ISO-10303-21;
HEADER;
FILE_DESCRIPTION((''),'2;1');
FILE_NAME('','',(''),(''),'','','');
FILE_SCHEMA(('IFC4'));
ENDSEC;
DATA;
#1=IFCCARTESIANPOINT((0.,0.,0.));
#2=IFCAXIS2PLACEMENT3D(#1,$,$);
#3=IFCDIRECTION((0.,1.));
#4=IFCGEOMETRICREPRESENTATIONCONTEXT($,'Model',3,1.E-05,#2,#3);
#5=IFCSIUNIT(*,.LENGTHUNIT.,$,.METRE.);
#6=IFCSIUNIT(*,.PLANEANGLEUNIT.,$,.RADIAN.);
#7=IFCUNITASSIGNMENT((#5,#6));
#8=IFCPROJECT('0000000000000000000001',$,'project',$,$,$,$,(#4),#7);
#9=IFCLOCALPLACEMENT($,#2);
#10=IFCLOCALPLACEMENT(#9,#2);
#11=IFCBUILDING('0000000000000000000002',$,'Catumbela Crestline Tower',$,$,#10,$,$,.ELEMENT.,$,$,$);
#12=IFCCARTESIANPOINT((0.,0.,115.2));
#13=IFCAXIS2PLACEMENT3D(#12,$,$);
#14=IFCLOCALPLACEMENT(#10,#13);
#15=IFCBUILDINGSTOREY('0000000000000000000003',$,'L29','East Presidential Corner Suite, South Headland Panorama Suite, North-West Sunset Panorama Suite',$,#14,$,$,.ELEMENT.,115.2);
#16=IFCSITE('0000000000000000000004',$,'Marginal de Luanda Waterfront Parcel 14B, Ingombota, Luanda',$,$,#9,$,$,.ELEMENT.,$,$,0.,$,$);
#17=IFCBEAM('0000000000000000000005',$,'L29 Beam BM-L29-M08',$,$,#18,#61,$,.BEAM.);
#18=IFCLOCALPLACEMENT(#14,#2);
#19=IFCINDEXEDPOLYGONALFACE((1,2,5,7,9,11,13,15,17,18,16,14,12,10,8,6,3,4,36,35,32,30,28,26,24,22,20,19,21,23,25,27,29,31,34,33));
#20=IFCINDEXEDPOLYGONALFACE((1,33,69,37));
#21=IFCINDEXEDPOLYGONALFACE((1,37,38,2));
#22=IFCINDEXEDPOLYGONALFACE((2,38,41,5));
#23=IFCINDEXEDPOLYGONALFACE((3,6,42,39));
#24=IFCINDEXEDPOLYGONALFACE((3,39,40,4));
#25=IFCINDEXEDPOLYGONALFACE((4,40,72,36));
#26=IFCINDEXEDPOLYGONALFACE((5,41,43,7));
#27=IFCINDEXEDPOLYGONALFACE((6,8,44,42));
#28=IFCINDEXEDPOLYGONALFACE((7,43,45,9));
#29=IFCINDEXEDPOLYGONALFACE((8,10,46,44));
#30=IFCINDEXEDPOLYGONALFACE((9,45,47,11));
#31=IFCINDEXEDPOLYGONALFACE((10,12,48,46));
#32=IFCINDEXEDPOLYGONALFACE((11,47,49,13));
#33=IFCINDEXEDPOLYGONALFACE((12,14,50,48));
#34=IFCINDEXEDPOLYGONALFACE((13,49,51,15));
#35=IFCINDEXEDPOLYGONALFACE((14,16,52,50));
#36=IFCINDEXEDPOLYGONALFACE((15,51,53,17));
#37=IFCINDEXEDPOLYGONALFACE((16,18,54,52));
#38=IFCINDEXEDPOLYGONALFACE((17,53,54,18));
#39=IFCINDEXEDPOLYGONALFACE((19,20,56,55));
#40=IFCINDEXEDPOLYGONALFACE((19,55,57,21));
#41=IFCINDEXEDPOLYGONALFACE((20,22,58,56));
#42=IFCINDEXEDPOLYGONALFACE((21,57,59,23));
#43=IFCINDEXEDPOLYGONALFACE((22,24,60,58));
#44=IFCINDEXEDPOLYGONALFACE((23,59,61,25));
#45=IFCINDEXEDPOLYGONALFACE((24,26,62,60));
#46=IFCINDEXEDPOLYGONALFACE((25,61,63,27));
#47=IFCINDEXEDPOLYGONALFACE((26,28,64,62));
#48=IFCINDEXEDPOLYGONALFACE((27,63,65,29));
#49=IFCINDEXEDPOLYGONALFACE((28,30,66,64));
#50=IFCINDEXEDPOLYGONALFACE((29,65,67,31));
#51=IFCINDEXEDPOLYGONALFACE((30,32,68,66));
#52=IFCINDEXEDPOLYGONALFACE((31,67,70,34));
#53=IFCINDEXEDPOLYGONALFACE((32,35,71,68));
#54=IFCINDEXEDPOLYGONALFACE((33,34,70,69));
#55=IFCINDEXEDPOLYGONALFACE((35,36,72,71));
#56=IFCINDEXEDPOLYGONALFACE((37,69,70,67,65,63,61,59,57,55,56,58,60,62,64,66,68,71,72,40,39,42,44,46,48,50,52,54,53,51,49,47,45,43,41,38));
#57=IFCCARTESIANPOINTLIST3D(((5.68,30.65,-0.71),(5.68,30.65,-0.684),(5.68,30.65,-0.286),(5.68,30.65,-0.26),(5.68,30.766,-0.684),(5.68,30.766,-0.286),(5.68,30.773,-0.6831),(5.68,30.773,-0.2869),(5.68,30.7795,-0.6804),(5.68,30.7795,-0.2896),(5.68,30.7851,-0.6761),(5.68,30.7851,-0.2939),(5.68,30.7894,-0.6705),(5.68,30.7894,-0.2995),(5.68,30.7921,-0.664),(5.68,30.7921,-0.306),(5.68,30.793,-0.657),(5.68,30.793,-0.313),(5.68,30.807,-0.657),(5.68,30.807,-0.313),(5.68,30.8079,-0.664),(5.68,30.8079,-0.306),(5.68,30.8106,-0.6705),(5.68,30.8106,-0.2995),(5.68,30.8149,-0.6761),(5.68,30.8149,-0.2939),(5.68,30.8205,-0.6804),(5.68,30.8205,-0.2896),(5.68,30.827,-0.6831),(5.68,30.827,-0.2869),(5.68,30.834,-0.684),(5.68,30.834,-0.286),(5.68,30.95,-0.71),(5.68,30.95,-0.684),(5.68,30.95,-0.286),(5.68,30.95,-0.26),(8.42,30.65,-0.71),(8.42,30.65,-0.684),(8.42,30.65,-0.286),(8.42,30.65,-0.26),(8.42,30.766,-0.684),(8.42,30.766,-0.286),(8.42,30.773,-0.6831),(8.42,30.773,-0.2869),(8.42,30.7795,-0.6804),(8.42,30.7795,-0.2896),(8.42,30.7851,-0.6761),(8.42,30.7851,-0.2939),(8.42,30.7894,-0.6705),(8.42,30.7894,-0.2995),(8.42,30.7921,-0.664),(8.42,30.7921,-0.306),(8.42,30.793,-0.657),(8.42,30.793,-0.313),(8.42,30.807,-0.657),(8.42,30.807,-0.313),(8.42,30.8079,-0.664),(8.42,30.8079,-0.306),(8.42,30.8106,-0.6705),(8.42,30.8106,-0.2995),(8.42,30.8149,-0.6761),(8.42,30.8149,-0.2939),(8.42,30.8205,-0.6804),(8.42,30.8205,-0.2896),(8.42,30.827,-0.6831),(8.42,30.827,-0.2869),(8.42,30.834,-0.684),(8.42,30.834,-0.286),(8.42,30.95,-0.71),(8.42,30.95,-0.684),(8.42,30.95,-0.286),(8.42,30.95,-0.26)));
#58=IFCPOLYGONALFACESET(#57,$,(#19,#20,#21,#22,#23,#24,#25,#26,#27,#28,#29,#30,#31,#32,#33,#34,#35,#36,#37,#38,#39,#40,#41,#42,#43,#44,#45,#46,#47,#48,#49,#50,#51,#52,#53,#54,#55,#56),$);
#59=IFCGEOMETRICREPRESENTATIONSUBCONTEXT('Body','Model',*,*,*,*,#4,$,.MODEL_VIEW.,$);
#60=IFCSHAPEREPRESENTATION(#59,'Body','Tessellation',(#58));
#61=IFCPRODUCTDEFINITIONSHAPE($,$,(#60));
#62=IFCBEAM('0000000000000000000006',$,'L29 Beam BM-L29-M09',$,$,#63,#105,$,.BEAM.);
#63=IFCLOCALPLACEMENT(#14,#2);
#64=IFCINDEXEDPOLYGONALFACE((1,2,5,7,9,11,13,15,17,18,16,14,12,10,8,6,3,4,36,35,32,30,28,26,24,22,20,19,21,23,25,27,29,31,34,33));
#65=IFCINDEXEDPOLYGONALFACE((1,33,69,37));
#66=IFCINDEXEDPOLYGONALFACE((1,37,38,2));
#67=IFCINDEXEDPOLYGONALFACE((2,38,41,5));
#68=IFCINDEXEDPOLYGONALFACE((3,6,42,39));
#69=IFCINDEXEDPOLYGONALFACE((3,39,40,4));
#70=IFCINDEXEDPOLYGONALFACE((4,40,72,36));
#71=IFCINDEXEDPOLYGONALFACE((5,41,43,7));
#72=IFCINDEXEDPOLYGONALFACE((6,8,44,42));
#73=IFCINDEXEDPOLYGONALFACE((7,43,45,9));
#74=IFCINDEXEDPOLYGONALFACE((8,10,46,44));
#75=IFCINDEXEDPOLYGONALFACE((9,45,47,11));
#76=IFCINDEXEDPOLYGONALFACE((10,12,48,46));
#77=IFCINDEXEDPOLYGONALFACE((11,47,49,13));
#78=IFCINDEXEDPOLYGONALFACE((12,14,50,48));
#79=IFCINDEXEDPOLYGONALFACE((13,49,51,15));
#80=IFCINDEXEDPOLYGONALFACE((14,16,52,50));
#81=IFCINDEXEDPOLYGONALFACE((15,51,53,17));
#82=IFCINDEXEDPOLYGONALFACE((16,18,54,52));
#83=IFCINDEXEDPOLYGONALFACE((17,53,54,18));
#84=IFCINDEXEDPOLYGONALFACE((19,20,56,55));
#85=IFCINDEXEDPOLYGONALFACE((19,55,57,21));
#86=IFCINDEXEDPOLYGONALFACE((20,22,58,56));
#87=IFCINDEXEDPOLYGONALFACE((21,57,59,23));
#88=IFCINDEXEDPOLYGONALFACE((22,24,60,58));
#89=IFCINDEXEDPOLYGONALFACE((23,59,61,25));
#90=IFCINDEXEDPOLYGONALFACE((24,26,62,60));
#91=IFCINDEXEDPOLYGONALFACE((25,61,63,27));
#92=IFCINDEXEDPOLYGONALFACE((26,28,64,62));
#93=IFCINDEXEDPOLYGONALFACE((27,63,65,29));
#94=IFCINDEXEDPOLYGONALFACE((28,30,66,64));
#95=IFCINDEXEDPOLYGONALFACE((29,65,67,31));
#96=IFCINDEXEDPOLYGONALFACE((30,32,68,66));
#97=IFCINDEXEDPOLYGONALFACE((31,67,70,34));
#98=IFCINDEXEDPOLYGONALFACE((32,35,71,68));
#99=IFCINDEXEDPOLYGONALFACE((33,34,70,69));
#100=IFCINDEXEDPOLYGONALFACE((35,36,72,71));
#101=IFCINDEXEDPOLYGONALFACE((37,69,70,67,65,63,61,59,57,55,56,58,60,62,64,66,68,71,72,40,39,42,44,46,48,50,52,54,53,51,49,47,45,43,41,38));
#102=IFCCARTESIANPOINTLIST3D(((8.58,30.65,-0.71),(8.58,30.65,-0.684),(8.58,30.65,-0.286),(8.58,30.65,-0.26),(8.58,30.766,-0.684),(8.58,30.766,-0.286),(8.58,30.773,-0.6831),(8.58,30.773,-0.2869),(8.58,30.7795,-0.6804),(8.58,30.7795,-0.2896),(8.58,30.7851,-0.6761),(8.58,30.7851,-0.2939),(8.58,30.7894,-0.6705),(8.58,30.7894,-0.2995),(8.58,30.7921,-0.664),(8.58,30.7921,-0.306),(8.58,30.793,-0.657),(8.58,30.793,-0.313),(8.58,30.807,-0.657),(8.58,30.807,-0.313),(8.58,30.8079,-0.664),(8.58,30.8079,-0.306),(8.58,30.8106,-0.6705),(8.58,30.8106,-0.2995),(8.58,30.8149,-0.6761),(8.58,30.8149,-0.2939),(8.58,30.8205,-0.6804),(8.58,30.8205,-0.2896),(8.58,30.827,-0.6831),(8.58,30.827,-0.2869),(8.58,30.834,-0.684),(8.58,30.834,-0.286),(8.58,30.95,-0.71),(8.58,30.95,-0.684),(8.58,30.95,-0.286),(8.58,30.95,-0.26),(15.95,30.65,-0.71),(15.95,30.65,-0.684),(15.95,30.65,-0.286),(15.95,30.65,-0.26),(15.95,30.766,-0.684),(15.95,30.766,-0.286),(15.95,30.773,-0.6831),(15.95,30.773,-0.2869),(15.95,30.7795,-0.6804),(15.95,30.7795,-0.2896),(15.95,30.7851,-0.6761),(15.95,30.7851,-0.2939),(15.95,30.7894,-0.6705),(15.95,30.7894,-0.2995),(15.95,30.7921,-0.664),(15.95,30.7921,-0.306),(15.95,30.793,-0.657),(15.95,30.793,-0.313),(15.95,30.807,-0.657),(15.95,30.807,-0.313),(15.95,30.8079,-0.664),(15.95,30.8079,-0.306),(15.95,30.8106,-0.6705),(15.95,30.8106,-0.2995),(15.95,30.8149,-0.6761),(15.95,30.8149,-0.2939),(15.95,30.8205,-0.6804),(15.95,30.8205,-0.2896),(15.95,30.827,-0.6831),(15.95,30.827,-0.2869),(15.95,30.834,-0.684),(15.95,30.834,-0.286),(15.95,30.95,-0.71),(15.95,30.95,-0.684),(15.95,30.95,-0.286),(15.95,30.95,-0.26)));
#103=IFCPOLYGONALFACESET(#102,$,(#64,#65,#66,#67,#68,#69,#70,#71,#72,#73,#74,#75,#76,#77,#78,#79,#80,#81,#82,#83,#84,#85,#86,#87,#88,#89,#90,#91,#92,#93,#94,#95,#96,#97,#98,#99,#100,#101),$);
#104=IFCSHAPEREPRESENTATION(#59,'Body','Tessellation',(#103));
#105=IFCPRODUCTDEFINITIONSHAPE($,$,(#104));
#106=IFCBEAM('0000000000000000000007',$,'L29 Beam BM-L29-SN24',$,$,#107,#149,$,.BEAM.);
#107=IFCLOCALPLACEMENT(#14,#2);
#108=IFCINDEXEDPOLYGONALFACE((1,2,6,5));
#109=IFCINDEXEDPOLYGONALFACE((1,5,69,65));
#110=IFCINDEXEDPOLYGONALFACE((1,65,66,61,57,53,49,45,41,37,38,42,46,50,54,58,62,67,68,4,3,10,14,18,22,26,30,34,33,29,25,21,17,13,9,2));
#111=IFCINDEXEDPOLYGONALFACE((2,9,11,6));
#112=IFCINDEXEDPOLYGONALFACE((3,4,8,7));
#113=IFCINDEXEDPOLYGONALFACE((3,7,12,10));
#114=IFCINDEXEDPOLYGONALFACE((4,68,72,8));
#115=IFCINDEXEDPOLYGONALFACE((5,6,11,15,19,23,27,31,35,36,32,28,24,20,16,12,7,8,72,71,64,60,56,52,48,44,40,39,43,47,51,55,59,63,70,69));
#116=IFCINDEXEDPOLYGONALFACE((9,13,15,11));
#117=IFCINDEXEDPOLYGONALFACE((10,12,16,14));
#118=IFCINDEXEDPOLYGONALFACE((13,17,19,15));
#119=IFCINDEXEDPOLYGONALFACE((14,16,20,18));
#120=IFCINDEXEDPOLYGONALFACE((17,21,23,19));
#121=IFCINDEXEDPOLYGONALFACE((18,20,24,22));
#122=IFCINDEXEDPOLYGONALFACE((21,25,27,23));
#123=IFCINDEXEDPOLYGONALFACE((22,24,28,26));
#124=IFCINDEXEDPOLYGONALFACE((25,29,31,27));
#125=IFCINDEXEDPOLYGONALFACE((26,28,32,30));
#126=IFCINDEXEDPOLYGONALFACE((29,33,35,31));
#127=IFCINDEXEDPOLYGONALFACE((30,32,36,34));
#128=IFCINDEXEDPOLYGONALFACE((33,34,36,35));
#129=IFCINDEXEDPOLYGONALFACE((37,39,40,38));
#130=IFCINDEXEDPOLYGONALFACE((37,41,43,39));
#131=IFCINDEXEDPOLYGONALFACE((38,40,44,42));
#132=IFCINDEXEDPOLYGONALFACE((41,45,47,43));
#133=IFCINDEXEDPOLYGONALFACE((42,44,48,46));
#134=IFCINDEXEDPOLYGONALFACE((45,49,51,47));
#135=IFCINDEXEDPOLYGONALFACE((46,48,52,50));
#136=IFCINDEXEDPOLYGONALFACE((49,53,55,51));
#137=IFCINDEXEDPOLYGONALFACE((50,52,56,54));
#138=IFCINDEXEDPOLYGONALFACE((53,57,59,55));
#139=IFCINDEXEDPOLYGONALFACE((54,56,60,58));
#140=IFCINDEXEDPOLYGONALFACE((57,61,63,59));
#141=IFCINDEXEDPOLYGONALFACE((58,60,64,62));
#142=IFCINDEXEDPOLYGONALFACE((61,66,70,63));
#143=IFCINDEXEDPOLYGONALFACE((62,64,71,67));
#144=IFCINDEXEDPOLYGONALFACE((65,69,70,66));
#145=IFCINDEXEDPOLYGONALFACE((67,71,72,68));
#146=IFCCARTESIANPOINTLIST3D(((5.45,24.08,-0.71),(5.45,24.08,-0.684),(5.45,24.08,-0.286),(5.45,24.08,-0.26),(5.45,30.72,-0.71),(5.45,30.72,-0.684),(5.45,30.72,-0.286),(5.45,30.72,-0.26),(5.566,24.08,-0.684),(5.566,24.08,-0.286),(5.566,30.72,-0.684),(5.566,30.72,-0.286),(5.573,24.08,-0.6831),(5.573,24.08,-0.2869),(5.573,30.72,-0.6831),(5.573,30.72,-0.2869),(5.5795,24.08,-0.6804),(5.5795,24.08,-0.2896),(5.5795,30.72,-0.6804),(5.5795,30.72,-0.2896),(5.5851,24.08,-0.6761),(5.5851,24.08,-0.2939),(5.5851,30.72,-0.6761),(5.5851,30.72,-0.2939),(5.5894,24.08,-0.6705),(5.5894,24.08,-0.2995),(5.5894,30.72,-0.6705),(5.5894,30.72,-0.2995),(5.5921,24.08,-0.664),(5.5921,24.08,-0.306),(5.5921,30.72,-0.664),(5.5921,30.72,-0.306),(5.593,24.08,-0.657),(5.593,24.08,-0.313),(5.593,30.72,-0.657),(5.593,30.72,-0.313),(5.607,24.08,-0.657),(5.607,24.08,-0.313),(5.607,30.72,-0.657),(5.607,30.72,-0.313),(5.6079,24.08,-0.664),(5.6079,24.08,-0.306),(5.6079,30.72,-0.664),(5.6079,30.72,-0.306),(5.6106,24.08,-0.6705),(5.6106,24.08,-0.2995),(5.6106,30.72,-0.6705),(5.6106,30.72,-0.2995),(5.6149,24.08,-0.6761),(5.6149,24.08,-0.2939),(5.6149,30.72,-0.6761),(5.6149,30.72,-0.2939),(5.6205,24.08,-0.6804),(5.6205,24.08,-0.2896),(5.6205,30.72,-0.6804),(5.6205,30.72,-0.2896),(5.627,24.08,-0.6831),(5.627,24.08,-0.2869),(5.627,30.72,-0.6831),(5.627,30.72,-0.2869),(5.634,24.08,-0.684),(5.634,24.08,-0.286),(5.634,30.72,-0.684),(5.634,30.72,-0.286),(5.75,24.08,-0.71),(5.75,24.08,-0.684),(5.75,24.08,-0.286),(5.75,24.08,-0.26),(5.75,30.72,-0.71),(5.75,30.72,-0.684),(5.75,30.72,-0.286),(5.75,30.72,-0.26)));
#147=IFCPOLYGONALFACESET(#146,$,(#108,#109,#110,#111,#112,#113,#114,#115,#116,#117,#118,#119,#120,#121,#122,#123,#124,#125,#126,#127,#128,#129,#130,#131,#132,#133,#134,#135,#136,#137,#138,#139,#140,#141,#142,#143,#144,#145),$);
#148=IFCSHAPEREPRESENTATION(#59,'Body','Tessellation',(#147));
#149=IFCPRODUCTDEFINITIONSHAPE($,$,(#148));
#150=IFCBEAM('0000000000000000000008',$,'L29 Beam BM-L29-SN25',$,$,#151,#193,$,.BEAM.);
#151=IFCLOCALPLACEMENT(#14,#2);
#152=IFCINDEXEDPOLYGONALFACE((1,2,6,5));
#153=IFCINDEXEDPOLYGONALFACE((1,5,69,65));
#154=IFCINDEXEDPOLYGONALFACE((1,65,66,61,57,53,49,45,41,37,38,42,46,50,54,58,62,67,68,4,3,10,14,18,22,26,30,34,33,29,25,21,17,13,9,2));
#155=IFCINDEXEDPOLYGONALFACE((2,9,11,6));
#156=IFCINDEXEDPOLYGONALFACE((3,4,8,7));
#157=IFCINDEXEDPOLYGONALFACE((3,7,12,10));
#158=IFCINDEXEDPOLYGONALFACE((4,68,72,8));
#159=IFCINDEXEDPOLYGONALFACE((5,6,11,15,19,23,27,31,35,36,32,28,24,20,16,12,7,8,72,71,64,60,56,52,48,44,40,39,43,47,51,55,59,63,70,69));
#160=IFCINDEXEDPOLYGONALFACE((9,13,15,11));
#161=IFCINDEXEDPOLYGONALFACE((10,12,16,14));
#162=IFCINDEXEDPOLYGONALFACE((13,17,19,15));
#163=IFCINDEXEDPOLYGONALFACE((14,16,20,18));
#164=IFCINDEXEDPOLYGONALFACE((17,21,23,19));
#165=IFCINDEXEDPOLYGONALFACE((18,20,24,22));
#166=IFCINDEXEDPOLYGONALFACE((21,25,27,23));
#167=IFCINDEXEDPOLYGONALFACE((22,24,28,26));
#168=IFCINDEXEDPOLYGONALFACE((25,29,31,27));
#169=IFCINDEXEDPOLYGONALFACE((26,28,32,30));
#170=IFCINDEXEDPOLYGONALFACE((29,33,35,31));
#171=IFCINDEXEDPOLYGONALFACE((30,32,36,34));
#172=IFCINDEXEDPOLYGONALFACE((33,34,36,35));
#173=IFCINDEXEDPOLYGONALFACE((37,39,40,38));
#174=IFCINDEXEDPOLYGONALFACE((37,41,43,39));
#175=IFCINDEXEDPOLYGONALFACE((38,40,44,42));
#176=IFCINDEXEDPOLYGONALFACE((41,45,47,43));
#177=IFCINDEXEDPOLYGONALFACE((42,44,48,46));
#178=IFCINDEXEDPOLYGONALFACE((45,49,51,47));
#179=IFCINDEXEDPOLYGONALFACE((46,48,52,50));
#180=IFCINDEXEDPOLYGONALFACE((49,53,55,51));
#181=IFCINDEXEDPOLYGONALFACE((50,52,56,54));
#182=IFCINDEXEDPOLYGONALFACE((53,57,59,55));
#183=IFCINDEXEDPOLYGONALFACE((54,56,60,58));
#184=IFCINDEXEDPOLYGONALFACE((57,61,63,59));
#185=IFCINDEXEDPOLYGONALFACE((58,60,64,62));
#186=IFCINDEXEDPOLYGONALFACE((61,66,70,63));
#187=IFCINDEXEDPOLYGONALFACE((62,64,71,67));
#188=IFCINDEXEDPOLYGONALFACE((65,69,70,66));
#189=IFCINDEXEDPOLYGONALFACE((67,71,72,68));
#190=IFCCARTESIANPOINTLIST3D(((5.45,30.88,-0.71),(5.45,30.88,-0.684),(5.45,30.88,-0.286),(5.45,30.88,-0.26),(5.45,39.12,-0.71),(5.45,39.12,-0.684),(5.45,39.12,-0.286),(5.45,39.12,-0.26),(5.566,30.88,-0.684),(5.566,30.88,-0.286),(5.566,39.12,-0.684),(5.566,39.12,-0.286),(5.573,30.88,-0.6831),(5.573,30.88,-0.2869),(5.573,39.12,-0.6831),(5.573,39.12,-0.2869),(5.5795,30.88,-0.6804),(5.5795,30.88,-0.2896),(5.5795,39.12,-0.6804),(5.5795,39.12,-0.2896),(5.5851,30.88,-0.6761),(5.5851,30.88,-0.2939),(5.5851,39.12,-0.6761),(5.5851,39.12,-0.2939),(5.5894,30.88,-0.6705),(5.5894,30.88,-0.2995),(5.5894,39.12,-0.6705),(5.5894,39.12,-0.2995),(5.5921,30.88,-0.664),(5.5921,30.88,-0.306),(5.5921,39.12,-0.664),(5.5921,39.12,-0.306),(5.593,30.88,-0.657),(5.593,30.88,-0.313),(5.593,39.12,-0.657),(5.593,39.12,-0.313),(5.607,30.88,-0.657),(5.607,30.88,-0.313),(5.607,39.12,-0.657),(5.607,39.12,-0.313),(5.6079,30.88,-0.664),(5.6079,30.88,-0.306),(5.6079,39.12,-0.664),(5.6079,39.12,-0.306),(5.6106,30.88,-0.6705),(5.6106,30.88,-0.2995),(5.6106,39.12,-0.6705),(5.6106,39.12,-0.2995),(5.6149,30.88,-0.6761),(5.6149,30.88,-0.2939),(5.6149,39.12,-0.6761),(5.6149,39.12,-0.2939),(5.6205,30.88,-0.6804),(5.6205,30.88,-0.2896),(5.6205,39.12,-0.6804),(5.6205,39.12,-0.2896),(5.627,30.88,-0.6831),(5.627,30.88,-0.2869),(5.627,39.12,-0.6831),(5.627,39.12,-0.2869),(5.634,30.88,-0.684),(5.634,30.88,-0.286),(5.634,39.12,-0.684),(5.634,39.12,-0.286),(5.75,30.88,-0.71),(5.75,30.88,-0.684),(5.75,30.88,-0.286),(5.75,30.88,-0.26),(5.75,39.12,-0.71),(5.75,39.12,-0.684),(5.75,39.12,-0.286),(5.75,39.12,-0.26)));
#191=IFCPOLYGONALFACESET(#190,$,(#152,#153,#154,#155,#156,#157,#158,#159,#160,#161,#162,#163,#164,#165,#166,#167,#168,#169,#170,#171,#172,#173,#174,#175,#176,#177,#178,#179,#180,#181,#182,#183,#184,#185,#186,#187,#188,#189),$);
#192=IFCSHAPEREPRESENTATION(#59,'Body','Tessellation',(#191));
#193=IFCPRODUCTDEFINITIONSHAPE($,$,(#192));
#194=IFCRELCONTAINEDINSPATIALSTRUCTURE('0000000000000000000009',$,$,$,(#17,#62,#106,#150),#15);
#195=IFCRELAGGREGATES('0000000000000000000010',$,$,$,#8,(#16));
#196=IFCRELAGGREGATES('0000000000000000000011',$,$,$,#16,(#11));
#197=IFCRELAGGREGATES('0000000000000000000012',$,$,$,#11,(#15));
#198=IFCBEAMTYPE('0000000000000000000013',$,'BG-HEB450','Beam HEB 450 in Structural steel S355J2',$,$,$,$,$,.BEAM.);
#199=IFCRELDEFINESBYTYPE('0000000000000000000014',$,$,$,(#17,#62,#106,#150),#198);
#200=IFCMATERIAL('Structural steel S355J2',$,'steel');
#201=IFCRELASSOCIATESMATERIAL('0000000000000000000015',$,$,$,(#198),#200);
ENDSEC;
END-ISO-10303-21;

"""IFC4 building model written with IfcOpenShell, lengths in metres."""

from ifc_helpers import new_model, si_unit, direction, frame, origin, origin_2d, place, context, subcontext, project, spatial, i_section, extrude, material, material_profile, profile_set, type_object, element, save


model = new_model("IFC4")

# Units and contexts
model_context = context("Model", 3, precision=1e-05, world=origin(), true_north=direction((0.0, 1.0)))
body_context = subcontext(model_context, "Body", "Model", "MODEL_VIEW")
ifc_project = project(units=[si_unit("LENGTHUNIT", "METRE"), si_unit("PLANEANGLEUNIT", "RADIAN")], contexts=[model_context])

# Site, building, storey
site_placement = place(None, origin())
site = spatial("IfcSite", under=ifc_project, at=site_placement, Name="Marginal de Luanda Waterfront Parcel 14B, Ingombota, Luanda", CompositionType="ELEMENT", RefElevation=0.0)
building_placement = place(site_placement, origin())
building = spatial("IfcBuilding", under=site, at=building_placement, Name="Catumbela Crestline Tower", CompositionType="ELEMENT")
storey_placement = place(building_placement, frame((0.0, 0.0, 115.2)))
storey = spatial("IfcBuildingStorey", under=building, at=storey_placement, Name="L29", Description="East Presidential Corner Suite, South Headland Panorama Suite, North-West Sunset Panorama Suite", CompositionType="ELEMENT", Elevation=115.2)

# Beams
ifc_material_1 = material(Name="Structural steel S355J2", Category="steel")
ifc_material_profile_1 = material_profile(ifc_material_1, i_section(OverallWidth=0.3, OverallDepth=0.45, WebThickness=0.014, FlangeThickness=0.026, FilletRadius=0.027, at=origin_2d()), Name="HEB 450")
ifc_profile_set_1 = profile_set([ifc_material_profile_1], Name="Structural steel S355J2")
beam_type = type_object("IfcBeamType", Name="BG-HEB450", Description="Beam HEB 450 in Structural steel S355J2", PredefinedType="BEAM", material=ifc_profile_set_1)
beam_1_placement = place(storey_placement, frame((5.68, 30.8, -0.485), z_axis=(1.0, 0.0, 0.0), x_axis=(0.0, 1.0, 0.0)))
element("IfcBeam", 1, at=beam_1_placement, inside=storey, type_object=beam_type, Name="L29 Beam BM-L29-M08", PredefinedType="BEAM", context=body_context, shape_type="SweptSolid", body=[
    extrude(i_section(OverallWidth=0.3, OverallDepth=0.45, WebThickness=0.014, FlangeThickness=0.026, FilletRadius=0.027, at=origin_2d()), origin(), (0.0, 0.0, 1.0), 2.74),
])
beam_2_placement = place(storey_placement, frame((8.58, 30.8, -0.485), z_axis=(1.0, 0.0, 0.0), x_axis=(0.0, 1.0, 0.0)))
element("IfcBeam", 2, at=beam_2_placement, inside=storey, type_object=beam_type, Name="L29 Beam BM-L29-M09", PredefinedType="BEAM", context=body_context, shape_type="SweptSolid", body=[
    extrude(i_section(OverallWidth=0.3, OverallDepth=0.45, WebThickness=0.014, FlangeThickness=0.026, FilletRadius=0.027, at=origin_2d()), origin(), (0.0, 0.0, 1.0), 7.37),
])
beam_3_placement = place(storey_placement, frame((5.6, 24.08, -0.485), z_axis=(0.0, 1.0, 0.0), x_axis=(-1.0, 0.0, 0.0)))
element("IfcBeam", 3, at=beam_3_placement, inside=storey, type_object=beam_type, Name="L29 Beam BM-L29-SN24", PredefinedType="BEAM", context=body_context, shape_type="SweptSolid", body=[
    extrude(i_section(OverallWidth=0.3, OverallDepth=0.45, WebThickness=0.014, FlangeThickness=0.026, FilletRadius=0.027, at=origin_2d()), origin(), (0.0, 0.0, 1.0), 6.64),
])
beam_4_placement = place(storey_placement, frame((5.6, 30.88, -0.485), z_axis=(0.0, 1.0, 0.0), x_axis=(-1.0, 0.0, 0.0)))
element("IfcBeam", 4, at=beam_4_placement, inside=storey, type_object=beam_type, Name="L29 Beam BM-L29-SN25", PredefinedType="BEAM", context=body_context, shape_type="SweptSolid", body=[
    extrude(i_section(OverallWidth=0.3, OverallDepth=0.45, WebThickness=0.014, FlangeThickness=0.026, FilletRadius=0.027, at=origin_2d()), origin(), (0.0, 0.0, 1.0), 8.24),
])

save(model, "model.ifc")
